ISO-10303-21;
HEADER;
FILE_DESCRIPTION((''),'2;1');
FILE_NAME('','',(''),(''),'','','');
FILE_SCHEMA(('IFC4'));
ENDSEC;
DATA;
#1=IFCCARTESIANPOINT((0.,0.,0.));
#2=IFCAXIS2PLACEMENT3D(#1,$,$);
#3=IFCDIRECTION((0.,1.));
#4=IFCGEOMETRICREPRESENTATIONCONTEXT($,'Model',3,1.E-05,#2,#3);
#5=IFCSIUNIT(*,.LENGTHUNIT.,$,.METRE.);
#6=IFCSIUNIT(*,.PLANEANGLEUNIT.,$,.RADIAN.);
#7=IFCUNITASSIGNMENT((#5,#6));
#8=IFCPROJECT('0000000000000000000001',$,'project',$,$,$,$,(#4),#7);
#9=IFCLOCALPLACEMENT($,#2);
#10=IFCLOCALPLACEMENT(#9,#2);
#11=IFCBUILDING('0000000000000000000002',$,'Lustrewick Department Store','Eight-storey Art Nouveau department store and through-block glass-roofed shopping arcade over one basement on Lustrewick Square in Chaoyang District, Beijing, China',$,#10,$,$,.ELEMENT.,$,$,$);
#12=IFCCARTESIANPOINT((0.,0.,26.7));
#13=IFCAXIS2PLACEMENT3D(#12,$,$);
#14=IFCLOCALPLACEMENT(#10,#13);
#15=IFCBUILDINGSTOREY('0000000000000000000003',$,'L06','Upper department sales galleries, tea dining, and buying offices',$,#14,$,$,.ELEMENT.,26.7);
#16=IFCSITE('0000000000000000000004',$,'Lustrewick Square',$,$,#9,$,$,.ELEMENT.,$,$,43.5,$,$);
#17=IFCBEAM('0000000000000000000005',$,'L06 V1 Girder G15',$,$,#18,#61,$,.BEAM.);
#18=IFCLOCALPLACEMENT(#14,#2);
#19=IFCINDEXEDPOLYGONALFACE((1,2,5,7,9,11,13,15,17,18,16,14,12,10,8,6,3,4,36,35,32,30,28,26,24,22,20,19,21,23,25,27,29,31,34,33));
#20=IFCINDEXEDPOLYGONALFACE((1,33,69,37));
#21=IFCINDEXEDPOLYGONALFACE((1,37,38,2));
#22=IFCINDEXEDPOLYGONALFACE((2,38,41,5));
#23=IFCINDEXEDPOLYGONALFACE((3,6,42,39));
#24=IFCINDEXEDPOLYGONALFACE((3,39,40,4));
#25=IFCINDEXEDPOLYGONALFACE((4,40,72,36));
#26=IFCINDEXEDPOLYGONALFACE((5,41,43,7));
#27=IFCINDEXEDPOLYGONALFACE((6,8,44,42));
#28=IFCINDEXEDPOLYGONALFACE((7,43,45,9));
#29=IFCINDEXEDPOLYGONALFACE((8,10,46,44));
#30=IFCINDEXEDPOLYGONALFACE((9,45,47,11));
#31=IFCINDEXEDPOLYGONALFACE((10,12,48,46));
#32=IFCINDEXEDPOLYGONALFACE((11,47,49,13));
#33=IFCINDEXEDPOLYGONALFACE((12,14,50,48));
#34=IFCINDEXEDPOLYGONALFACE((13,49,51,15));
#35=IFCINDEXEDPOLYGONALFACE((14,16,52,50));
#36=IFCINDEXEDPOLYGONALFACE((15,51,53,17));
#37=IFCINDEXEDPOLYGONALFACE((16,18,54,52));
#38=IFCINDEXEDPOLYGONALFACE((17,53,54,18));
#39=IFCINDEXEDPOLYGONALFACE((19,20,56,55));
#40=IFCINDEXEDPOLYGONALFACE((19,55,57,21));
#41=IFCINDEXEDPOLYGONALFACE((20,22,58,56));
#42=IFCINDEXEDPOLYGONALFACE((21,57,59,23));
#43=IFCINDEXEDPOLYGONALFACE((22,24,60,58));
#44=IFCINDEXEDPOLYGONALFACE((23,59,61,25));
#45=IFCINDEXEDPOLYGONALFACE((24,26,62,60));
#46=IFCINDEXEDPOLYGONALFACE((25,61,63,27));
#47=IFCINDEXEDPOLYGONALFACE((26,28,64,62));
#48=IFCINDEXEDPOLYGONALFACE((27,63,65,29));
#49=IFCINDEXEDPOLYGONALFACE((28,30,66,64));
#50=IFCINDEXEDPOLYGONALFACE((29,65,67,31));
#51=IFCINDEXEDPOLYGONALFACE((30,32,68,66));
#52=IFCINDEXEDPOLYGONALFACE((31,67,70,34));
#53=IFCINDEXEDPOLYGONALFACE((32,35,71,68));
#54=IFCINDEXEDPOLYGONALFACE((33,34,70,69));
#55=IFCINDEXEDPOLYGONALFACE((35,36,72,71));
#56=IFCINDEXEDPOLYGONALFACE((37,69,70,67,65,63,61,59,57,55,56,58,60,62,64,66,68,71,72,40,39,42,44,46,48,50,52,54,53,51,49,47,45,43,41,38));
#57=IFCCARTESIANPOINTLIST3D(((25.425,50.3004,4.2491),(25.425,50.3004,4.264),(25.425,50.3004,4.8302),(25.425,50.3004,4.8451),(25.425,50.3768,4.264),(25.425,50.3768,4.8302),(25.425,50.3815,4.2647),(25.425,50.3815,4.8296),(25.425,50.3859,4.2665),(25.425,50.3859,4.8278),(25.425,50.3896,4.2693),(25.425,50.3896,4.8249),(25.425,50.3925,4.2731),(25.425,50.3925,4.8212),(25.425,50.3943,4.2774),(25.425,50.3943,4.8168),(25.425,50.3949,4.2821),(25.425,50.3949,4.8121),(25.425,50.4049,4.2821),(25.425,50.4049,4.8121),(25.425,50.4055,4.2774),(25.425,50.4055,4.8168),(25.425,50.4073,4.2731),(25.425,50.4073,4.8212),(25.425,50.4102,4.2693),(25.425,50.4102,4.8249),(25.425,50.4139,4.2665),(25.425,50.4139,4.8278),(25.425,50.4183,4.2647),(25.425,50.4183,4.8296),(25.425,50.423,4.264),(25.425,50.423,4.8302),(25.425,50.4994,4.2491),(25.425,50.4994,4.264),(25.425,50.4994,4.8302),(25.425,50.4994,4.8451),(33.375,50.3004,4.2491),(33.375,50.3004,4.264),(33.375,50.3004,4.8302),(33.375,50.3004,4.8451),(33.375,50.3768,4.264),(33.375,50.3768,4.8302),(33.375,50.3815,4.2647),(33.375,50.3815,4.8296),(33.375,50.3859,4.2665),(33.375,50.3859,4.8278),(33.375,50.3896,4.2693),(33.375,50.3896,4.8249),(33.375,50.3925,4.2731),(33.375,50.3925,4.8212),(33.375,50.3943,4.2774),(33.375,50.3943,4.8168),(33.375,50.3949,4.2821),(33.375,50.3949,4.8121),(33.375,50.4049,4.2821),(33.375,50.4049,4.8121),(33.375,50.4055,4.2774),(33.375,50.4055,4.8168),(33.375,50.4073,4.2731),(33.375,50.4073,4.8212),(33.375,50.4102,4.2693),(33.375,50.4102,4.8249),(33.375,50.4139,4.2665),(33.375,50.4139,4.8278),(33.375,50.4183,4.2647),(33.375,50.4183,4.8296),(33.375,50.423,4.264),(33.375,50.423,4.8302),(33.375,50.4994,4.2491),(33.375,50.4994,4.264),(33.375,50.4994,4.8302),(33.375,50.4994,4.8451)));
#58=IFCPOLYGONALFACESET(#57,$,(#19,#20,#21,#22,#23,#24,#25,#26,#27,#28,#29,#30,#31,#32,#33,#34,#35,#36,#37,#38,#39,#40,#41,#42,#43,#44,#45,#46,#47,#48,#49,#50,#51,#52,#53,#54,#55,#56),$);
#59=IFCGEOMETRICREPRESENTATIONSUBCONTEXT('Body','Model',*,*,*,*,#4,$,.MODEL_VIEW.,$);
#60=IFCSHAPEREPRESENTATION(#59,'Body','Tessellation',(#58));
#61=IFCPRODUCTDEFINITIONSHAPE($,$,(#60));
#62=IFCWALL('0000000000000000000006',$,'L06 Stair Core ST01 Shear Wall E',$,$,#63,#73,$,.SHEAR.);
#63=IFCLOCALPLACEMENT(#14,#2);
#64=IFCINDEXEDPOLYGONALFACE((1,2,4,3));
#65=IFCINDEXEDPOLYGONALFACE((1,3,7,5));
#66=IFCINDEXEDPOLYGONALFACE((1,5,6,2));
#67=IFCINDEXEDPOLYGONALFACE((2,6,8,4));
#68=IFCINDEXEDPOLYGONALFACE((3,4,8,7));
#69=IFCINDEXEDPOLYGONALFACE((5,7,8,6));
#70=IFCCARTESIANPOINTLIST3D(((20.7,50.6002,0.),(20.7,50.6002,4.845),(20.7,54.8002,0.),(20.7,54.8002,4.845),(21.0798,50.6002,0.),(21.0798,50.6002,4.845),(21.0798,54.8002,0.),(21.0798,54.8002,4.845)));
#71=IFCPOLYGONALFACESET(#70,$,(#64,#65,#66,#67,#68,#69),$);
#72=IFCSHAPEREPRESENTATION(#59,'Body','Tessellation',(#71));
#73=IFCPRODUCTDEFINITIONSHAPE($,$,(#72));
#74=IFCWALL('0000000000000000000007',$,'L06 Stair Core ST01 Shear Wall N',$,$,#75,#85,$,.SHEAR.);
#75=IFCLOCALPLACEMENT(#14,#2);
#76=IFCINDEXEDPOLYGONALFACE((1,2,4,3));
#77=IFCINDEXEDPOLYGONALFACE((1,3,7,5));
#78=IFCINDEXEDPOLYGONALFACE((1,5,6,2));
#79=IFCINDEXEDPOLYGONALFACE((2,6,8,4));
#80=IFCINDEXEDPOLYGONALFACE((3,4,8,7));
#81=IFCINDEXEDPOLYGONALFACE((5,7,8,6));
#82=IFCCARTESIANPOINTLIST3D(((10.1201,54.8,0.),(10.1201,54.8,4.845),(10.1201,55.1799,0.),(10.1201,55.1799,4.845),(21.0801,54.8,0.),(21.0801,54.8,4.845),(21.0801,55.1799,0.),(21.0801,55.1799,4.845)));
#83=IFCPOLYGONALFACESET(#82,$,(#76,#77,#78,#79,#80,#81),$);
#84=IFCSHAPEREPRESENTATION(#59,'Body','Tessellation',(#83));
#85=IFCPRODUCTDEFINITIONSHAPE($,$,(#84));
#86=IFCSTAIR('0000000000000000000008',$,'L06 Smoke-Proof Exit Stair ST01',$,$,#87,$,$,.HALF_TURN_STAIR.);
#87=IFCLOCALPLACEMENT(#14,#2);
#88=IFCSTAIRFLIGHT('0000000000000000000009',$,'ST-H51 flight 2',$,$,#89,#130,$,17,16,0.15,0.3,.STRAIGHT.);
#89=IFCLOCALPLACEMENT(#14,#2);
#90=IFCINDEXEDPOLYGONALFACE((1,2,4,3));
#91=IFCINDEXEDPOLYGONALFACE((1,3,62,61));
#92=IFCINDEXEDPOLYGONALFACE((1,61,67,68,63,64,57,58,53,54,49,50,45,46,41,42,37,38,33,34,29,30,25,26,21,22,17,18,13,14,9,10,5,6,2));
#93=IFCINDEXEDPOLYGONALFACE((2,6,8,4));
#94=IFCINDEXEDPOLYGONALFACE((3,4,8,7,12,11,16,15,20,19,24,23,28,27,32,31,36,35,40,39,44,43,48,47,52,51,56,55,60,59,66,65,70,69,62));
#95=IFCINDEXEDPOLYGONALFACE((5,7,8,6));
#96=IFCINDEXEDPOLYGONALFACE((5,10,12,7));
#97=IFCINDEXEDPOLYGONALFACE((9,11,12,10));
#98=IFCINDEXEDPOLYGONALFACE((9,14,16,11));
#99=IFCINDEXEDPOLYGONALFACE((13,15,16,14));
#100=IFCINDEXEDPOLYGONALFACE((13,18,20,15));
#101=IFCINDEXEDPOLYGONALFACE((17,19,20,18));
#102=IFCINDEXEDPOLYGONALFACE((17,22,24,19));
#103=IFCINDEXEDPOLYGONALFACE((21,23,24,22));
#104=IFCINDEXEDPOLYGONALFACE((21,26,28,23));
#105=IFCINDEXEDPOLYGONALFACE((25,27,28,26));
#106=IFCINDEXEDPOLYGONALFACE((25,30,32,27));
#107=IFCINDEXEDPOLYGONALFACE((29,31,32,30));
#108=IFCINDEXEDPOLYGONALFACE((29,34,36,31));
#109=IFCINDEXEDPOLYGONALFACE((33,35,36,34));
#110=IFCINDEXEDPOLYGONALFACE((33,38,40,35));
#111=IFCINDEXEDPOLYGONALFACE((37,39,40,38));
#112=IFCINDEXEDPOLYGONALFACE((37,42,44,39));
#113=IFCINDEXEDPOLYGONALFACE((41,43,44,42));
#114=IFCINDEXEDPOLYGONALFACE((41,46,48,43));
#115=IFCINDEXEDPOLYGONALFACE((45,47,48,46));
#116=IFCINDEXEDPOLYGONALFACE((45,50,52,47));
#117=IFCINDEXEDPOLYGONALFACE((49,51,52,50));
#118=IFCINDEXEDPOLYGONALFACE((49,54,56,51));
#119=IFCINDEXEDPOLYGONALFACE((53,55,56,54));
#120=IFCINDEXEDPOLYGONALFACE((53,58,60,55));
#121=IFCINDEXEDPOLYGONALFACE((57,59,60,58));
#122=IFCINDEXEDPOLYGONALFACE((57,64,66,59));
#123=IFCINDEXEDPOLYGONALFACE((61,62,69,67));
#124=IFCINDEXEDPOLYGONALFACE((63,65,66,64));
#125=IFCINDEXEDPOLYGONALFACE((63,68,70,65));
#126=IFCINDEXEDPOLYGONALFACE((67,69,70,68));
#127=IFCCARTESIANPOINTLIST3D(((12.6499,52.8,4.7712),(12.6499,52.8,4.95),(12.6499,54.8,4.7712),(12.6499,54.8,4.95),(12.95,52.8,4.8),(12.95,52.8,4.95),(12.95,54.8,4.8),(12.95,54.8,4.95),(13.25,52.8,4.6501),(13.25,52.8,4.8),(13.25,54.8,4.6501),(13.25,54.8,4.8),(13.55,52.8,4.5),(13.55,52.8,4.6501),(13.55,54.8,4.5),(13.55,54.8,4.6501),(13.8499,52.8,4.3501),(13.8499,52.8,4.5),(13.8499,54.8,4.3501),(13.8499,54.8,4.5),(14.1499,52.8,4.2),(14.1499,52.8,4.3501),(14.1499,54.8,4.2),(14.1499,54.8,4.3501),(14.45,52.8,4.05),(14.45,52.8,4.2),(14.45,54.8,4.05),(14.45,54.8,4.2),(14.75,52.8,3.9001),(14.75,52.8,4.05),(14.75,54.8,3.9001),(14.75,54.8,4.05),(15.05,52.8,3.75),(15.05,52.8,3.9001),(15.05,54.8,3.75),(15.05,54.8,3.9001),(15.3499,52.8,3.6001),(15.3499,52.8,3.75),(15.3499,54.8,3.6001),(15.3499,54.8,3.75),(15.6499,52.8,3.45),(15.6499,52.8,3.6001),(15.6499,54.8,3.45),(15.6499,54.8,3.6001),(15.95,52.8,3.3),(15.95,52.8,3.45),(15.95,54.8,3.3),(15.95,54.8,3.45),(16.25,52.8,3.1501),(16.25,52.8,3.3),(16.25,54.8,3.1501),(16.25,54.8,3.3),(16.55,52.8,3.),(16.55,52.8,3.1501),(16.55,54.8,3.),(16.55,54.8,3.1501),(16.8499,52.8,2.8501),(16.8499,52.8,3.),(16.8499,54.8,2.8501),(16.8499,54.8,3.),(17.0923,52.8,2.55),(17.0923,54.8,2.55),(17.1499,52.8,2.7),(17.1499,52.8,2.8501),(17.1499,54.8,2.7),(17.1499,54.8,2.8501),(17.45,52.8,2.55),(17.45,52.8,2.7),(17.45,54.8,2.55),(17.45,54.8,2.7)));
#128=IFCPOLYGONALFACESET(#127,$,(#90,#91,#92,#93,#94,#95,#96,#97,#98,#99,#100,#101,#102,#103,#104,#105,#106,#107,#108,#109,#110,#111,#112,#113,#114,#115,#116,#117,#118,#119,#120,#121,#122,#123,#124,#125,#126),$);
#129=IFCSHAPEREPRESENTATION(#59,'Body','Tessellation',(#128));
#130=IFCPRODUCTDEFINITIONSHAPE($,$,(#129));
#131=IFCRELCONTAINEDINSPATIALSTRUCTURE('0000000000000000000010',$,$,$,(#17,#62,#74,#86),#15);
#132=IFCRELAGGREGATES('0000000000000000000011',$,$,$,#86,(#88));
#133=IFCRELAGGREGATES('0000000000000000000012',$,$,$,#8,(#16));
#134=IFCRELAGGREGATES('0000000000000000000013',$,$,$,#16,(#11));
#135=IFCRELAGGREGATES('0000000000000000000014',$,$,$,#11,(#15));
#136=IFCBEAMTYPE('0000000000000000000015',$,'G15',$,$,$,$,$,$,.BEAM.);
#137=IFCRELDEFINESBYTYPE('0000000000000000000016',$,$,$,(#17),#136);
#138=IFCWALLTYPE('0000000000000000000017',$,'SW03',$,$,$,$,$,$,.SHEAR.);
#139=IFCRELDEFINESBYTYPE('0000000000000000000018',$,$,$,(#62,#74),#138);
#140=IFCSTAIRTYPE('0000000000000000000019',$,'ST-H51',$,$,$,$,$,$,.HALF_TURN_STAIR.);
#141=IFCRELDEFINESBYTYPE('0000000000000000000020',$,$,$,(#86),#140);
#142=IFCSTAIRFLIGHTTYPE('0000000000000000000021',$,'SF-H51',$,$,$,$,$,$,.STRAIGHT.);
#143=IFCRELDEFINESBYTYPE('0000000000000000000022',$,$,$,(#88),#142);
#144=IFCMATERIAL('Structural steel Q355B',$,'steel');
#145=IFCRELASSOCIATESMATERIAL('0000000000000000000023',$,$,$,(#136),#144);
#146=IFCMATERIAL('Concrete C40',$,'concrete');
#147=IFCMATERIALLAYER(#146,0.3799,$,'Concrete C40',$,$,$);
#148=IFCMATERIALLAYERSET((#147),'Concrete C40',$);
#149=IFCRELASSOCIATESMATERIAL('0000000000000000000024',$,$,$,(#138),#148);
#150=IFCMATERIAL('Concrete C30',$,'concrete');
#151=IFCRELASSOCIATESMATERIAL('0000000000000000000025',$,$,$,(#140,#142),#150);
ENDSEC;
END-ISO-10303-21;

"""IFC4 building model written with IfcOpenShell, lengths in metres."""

from ifc_helpers import new_model, si_unit, direction, frame, frame_2d, origin, origin_2d, place, context, subcontext, project, spatial, polyline, rectangle, i_section, outline, extrude, material, layer, layer_set, material_profile, profile_set, type_object, element, aggregate, save


model = new_model("IFC4")

# Units and contexts
model_context = context("Model", 3, precision=1e-05, world=origin(), true_north=direction((0.0, 1.0)))
body_context = subcontext(model_context, "Body", "Model", "MODEL_VIEW")
ifc_project = project(units=[si_unit("LENGTHUNIT", "METRE"), si_unit("PLANEANGLEUNIT", "RADIAN")], contexts=[model_context])

# Site, building, storey
site_placement = place(None, origin())
site = spatial("IfcSite", under=ifc_project, at=site_placement, Name="Lustrewick Square", CompositionType="ELEMENT", RefElevation=43.5)
building_placement = place(site_placement, origin())
building = spatial("IfcBuilding", under=site, at=building_placement, Name="Lustrewick Department Store", Description="Eight-storey Art Nouveau department store and through-block glass-roofed shopping arcade over one basement on Lustrewick Square in Chaoyang District, Beijing, China", CompositionType="ELEMENT")
storey_placement = place(building_placement, frame((0.0, 0.0, 26.7)))
storey = spatial("IfcBuildingStorey", under=building, at=storey_placement, Name="L06", Description="Upper department sales galleries, tea dining, and buying offices", CompositionType="ELEMENT", Elevation=26.7)

# Shared definitions
ifc_material_1 = material(Name="Structural steel Q355B", Category="steel")

# Beam
ifc_material_profile_1 = material_profile(ifc_material_1, i_section(OverallWidth=0.199, OverallDepth=0.5959, WebThickness=0.01, FlangeThickness=0.0149, FilletRadius=0.0181, at=origin_2d()), Name="HN 596x199x10x15")
ifc_profile_set_1 = profile_set([ifc_material_profile_1], Name="Structural steel Q355B")
beam_type_1 = type_object("IfcBeamType", Name="G15", PredefinedType="BEAM", material=ifc_profile_set_1)
beam_1_placement = place(storey_placement, frame((25.425, 50.3999, 4.5471), z_axis=(1.0, 0.0, 0.0), x_axis=(0.0, 1.0, 0.0)))
element("IfcBeam", 1, at=beam_1_placement, inside=storey, type_object=beam_type_1, Name="L06 V1 Girder G15", PredefinedType="BEAM", context=body_context, shape_type="SweptSolid", body=[
    extrude(i_section(OverallWidth=0.199, OverallDepth=0.5959, WebThickness=0.01, FlangeThickness=0.0149, FilletRadius=0.0181, at=origin_2d()), origin(), (0.0, 0.0, 1.0), 7.95),
])

# Walls
ifc_material_2 = material(Name="Concrete C40", Category="concrete")
ifc_layer = layer(ifc_material_2, 0.3799, Name="Concrete C40")
ifc_layer_set = layer_set([ifc_layer], Name="Concrete C40")
wall_type = type_object("IfcWallType", Name="SW03", PredefinedType="SHEAR", material=ifc_layer_set)
wall_1_placement = place(storey_placement, frame((20.8899, 50.6001, 0.0), z_axis=(0.0, 0.0, 1.0), x_axis=(0.0, 1.0, 0.0)))
element("IfcWall", 2, at=wall_1_placement, inside=storey, type_object=wall_type, Name="L06 Stair Core ST01 Shear Wall E", PredefinedType="SHEAR", context=body_context, shape_type="SweptSolid", body=[
    extrude(rectangle(XDim=4.2, YDim=0.3799, at=frame_2d((2.1001, 0.0))), origin(), (0.0, 0.0, 1.0), 4.845),
])
wall_2_placement = place(storey_placement, frame((21.0801, 54.99, 0.0), z_axis=(0.0, 0.0, 1.0), x_axis=(-1.0, 0.0, 0.0)))
element("IfcWall", 3, at=wall_2_placement, inside=storey, type_object=wall_type, Name="L06 Stair Core ST01 Shear Wall N", PredefinedType="SHEAR", context=body_context, shape_type="SweptSolid", body=[
    extrude(rectangle(XDim=10.96, YDim=0.3799, at=frame_2d((5.48, 0.0))), origin(), (0.0, 0.0, 1.0), 4.845),
])

# Stair, stair flight
ifc_material_3 = material(Name="Concrete C30", Category="concrete")
stair_type = type_object("IfcStairType", Name="ST-H51", PredefinedType="HALF_TURN_STAIR", material=ifc_material_3)
stair_placement = place(storey_placement, origin())
stair = element("IfcStair", 4, at=stair_placement, inside=storey, type_object=stair_type, Name="L06 Smoke-Proof Exit Stair ST01", PredefinedType="HALF_TURN_STAIR")
stair_flight_type = type_object("IfcStairFlightType", Name="SF-H51", PredefinedType="STRAIGHT", material=ifc_material_3)
stair_flight_placement = place(storey_placement, frame((17.45, 53.8, 2.55), z_axis=(0.0, 0.0, 1.0), x_axis=(-1.0, 0.0, 0.0)))
stair_flight = element("IfcStairFlight", 5, at=stair_flight_placement, type_object=stair_flight_type, Name="ST-H51 flight 2", NumberOfRisers=17, NumberOfTreads=16, PredefinedType="STRAIGHT", RiserHeight=0.15, TreadLength=0.3, context=body_context, shape_type="SweptSolid", body=[
    extrude(outline(polyline([(0.0, 0.0), (0.0, 0.1499), (0.3, 0.1499), (0.3, 0.3), (0.6001, 0.3), (0.6001, 0.45), (0.8999, 0.45), (0.8999, 0.6001), (1.2, 0.6001), (1.2, 0.75), (1.5, 0.75), (1.5, 0.8999), (1.8, 0.8999), (1.8, 1.05), (2.1001, 1.05), (2.1001, 1.2), (2.3999, 1.2), (2.3999, 1.3501), (2.7, 1.3501), (2.7, 1.5), (3.0, 1.5), (3.0, 1.6499), (3.3, 1.6499), (3.3, 1.8), (3.6001, 1.8), (3.6001, 1.95), (3.8999, 1.95), (3.8999, 2.1001), (4.2, 2.1001), (4.2, 2.25), (4.5, 2.25), (4.5, 2.3999), (4.8, 2.3999), (4.8, 2.55), (4.8, 2.2212), (0.3577, 0.0), (0.0, 0.0)])), frame((0.0, 1.0, 0.0), z_axis=(0.0, -1.0, 0.0), x_axis=(1.0, 0.0, 0.0)), (0.0, 0.0, 1.0), 2.0),
])
aggregate(stair, [stair_flight])

save(model, "model.ifc")
